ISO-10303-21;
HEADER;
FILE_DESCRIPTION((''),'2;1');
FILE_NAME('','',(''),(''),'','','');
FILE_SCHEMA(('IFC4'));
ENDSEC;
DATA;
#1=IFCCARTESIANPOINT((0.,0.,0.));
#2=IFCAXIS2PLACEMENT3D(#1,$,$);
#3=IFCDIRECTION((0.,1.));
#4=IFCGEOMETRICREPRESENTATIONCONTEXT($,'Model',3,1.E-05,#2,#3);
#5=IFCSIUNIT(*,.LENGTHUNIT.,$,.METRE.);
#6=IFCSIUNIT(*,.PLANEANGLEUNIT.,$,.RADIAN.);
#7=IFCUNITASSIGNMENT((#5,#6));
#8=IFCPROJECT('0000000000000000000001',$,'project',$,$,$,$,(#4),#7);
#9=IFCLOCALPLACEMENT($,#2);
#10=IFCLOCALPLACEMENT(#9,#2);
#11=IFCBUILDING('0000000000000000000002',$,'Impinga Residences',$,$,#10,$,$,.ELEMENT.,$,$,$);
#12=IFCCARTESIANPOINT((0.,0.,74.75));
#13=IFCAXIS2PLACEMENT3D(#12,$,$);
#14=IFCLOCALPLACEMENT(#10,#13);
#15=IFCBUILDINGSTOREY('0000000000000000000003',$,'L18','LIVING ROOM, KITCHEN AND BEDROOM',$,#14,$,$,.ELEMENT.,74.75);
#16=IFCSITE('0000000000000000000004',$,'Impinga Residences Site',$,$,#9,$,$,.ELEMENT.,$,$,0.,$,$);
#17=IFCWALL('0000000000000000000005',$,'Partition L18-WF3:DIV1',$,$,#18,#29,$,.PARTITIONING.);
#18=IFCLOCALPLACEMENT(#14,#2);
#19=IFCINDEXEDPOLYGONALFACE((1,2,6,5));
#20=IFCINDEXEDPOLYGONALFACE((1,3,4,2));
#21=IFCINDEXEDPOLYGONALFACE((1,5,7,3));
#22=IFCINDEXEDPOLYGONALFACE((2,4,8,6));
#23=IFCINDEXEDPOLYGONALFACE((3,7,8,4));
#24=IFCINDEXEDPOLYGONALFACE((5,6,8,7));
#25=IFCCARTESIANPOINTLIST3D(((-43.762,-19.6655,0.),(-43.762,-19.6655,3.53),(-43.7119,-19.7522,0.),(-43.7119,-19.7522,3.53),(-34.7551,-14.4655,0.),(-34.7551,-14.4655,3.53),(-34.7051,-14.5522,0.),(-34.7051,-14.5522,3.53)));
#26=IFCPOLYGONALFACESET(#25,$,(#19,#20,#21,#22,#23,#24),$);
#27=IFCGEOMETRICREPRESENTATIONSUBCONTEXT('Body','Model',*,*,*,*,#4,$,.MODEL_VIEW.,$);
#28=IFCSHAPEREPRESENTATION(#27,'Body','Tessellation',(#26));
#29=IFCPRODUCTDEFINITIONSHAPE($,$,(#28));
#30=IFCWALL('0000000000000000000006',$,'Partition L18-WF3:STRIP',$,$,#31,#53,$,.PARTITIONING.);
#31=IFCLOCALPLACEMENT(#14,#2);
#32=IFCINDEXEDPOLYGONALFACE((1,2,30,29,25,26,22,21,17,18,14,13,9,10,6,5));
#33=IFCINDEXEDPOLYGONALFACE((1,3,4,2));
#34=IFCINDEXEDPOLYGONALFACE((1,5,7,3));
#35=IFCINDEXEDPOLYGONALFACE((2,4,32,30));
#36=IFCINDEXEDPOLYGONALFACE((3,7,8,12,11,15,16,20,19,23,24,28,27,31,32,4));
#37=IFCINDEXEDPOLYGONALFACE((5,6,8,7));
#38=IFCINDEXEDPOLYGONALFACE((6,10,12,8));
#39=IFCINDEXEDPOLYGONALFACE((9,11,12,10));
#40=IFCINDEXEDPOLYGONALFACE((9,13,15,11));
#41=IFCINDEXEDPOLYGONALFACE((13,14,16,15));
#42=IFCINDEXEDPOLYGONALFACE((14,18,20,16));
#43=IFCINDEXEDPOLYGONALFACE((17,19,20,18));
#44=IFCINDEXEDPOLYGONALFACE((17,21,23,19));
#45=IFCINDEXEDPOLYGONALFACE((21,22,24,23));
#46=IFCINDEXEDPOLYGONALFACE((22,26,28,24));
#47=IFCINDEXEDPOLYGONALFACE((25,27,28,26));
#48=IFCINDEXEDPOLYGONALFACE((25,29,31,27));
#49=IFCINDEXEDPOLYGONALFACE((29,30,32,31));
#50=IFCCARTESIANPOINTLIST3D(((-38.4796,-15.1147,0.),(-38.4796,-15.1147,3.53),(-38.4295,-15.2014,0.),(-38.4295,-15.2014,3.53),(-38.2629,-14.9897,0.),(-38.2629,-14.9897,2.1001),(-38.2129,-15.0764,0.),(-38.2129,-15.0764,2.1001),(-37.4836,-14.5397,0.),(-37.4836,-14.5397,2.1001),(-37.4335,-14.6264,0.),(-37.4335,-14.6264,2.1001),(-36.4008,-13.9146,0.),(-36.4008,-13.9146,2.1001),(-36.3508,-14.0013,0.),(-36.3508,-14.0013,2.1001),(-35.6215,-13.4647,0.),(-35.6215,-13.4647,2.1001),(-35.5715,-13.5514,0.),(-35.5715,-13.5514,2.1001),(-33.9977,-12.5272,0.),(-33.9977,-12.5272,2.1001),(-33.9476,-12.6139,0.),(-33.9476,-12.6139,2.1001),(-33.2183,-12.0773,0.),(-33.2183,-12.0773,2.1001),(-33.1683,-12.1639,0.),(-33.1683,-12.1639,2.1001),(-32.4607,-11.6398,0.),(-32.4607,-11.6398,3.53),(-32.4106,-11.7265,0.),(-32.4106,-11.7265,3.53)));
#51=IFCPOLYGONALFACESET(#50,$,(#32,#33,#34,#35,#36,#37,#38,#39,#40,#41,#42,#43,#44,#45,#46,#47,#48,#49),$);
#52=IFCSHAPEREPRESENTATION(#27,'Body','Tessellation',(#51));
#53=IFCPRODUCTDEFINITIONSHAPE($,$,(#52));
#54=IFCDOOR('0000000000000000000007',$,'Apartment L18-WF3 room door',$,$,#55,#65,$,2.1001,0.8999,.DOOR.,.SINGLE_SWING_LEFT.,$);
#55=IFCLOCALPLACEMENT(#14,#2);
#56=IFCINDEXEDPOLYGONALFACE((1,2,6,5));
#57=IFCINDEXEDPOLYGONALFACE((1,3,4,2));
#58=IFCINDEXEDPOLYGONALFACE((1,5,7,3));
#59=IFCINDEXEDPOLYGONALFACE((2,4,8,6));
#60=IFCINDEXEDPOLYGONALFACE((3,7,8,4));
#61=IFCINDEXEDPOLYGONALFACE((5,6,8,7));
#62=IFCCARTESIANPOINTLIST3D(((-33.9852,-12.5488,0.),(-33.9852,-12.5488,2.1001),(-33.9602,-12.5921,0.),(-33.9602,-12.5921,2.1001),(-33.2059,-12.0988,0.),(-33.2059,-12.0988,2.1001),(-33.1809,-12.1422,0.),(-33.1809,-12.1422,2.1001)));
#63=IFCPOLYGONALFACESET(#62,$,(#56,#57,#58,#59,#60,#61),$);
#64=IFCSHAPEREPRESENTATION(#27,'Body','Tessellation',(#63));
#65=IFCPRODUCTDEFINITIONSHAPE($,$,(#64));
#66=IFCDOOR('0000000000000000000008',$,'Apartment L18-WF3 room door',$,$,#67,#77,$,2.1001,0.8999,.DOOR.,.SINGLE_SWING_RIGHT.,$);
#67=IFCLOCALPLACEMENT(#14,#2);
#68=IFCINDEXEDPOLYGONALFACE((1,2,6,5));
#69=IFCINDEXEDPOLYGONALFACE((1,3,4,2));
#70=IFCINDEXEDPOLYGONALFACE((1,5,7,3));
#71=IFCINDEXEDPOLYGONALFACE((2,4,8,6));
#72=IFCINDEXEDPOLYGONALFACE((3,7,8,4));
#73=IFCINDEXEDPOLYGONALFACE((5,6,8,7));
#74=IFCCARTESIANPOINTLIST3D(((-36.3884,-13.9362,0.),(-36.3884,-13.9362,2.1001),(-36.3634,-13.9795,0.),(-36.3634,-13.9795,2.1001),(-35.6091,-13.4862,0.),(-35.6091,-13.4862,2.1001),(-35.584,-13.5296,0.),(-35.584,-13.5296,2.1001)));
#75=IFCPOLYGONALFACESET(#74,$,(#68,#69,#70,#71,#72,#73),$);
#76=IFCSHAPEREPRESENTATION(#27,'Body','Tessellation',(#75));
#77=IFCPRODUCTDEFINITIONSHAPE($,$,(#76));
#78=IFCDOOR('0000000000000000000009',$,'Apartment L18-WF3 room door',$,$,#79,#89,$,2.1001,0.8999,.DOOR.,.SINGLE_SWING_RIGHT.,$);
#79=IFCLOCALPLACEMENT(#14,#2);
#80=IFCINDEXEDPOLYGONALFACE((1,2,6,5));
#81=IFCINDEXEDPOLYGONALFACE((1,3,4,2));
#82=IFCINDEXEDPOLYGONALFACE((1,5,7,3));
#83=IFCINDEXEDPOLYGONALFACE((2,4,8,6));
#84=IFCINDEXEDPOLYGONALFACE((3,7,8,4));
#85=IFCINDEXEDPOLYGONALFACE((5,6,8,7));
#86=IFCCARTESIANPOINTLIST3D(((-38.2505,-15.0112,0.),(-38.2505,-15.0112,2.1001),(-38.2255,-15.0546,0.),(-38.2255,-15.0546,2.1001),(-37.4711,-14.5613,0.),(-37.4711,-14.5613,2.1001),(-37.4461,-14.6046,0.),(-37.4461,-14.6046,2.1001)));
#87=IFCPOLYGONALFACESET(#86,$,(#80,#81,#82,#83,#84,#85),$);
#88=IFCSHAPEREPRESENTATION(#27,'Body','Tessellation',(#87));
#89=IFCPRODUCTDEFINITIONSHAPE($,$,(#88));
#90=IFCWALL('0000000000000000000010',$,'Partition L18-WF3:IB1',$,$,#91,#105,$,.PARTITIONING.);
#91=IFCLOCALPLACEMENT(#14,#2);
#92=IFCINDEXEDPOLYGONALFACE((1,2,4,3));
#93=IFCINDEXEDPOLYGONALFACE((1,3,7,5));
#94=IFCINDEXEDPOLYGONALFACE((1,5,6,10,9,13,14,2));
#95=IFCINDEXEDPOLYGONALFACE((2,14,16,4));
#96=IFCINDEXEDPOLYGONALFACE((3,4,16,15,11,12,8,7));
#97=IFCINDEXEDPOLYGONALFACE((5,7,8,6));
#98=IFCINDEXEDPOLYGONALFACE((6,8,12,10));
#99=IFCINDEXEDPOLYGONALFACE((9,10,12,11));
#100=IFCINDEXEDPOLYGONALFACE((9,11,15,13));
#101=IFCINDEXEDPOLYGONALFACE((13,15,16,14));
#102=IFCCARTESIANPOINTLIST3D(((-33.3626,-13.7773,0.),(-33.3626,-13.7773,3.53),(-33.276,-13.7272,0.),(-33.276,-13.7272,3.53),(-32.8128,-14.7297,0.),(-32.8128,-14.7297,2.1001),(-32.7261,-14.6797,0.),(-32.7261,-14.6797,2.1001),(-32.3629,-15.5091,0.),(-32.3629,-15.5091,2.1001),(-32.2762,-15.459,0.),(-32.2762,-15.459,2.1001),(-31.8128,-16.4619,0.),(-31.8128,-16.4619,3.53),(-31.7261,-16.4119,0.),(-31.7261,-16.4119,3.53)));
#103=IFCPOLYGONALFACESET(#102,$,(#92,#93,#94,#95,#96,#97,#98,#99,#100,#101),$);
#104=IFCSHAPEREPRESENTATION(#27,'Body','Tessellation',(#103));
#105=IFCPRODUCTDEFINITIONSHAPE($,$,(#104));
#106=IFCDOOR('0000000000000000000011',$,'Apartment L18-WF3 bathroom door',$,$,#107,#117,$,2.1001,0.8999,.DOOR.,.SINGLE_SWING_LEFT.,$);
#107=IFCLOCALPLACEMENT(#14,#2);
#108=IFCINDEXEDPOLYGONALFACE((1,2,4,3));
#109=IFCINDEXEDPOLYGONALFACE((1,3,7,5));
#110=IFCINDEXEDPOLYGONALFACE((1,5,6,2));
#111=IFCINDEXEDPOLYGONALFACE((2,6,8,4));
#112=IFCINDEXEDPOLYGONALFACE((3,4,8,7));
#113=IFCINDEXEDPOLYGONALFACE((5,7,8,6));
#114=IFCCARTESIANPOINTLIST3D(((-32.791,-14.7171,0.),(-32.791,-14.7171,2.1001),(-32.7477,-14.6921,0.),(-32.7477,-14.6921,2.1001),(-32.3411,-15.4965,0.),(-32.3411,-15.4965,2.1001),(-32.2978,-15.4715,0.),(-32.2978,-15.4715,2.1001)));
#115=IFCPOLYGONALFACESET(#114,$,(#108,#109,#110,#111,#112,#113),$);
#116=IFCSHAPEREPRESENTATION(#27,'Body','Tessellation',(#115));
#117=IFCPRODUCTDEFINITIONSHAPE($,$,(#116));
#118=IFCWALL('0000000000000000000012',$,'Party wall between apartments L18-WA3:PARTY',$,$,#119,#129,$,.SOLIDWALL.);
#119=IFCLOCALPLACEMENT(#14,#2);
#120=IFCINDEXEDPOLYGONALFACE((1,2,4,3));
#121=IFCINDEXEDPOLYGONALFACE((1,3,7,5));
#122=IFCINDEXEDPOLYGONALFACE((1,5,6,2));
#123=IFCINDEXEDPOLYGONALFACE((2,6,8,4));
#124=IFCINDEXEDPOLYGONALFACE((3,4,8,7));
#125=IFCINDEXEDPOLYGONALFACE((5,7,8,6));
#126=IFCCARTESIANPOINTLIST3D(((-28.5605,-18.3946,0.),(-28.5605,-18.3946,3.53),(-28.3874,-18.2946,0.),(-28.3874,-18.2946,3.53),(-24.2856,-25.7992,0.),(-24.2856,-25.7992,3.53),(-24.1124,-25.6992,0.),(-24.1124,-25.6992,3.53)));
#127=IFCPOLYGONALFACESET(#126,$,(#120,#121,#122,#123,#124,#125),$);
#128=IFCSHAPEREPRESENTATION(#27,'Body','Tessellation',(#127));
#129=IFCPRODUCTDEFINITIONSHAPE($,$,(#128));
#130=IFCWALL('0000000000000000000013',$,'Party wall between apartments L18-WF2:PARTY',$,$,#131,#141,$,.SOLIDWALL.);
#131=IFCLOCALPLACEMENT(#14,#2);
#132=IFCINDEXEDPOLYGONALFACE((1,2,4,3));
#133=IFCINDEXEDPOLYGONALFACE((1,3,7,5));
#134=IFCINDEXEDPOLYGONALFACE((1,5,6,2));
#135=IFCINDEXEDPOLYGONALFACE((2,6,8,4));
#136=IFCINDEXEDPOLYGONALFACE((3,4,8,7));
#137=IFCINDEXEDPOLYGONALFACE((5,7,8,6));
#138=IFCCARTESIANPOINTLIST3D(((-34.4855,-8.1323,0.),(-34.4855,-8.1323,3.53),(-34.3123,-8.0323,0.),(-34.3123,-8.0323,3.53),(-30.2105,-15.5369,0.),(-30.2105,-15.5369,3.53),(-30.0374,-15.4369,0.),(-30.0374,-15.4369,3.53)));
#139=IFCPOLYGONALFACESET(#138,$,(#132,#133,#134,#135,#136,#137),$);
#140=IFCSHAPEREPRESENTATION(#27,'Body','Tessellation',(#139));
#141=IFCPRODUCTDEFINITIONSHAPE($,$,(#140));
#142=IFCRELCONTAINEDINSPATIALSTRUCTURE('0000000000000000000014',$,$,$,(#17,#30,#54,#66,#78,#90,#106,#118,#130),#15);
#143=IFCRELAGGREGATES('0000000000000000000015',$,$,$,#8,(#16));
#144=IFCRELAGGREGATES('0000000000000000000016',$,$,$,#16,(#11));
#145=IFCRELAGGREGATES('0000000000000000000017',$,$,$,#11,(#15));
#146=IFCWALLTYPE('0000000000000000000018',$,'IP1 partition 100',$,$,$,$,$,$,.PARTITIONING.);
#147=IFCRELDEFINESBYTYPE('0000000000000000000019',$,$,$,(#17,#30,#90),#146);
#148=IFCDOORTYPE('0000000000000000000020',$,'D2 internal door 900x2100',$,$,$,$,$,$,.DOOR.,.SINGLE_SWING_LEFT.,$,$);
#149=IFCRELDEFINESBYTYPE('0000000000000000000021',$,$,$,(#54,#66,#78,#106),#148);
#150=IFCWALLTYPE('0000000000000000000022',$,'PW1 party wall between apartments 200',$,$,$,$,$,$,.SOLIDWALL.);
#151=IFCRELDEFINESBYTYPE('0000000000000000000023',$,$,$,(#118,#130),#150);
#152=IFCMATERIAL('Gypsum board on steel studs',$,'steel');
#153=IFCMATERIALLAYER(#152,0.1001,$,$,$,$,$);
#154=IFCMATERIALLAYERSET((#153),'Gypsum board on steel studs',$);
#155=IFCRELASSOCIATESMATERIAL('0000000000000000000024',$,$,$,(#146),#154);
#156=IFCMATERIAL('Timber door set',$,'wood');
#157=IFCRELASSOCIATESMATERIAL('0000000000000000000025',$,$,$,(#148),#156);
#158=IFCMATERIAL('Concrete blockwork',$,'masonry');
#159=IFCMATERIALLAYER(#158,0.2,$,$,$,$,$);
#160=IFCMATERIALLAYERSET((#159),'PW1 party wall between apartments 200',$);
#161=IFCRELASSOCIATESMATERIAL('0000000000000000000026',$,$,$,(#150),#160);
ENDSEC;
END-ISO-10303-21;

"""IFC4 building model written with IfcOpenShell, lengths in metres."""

from ifc_helpers import new_model, si_unit, direction, frame, frame_2d, origin, place, context, subcontext, project, spatial, rectangle, extrude, material, layer, layer_set, type_object, element, fill, save


model = new_model("IFC4")

# Units and contexts
model_context = context("Model", 3, precision=1e-05, world=origin(), true_north=direction((0.0, 1.0)))
body_context = subcontext(model_context, "Body", "Model", "MODEL_VIEW")
ifc_project = project(units=[si_unit("LENGTHUNIT", "METRE"), si_unit("PLANEANGLEUNIT", "RADIAN")], contexts=[model_context])

# Site, building, storey
site_placement = place(None, origin())
site = spatial("IfcSite", under=ifc_project, at=site_placement, Name="Impinga Residences Site", CompositionType="ELEMENT", RefElevation=0.0)
building_placement = place(site_placement, origin())
building = spatial("IfcBuilding", under=site, at=building_placement, Name="Impinga Residences", CompositionType="ELEMENT")
storey_placement = place(building_placement, frame((0.0, 0.0, 74.75)))
storey = spatial("IfcBuildingStorey", under=building, at=storey_placement, Name="L18", Description="LIVING ROOM, KITCHEN AND BEDROOM", CompositionType="ELEMENT", Elevation=74.75)

# Shared definitions
ifc_material_1 = material(Name="Concrete blockwork", Category="masonry")
ifc_material_2 = material(Name="Timber door set", Category="wood")
ifc_material_3 = material(Name="Gypsum board on steel studs", Category="steel")
ifc_layer_1 = layer(ifc_material_3, 0.1001)
ifc_layer_set_1 = layer_set([ifc_layer_1], Name="Gypsum board on steel studs")
wall_type_1 = type_object("IfcWallType", Name="IP1 partition 100", PredefinedType="PARTITIONING", material=ifc_layer_set_1)
door_type_1 = type_object("IfcDoorType", Name="D2 internal door 900x2100", OperationType="SINGLE_SWING_LEFT", PredefinedType="DOOR", material=ifc_material_2)

# Wall
wall_1_placement = place(storey_placement, frame((-34.73, -14.5088, 0.0), z_axis=(0.0, 0.0, 1.0), x_axis=(-0.866032, -0.499989, 0.0)))
element("IfcWall", 1, at=wall_1_placement, inside=storey, type_object=wall_type_1, Name="Partition L18-WF3:DIV1", PredefinedType="PARTITIONING", context=body_context, shape_type="SweptSolid", body=[
    extrude(rectangle(XDim=10.4001, YDim=0.1001, at=frame_2d((5.2002, 0.0))), origin(), (0.0, 0.0, 1.0), 3.53),
])

# Wall, openings, doors
wall_2_placement = place(storey_placement, frame((-32.4355, -11.6831, 0.0), z_axis=(0.0, 0.0, 1.0), x_axis=(-0.866032, -0.499989, 0.0)))
wall_2 = element("IfcWall", 2, at=wall_2_placement, inside=storey, type_object=wall_type_1, Name="Partition L18-WF3:STRIP", PredefinedType="PARTITIONING", context=body_context, shape_type="SweptSolid", body=[
    extrude(rectangle(XDim=6.95, YDim=0.1001, at=frame_2d((3.4751, 0.0))), origin(), (0.0, 0.0, 1.0), 3.53),
])
opening_1_placement = place(wall_2_placement, frame((0.875, 0.0, 0.0)))
opening_1 = element("IfcOpeningElement", 3, at=opening_1_placement, cuts=wall_2, PredefinedType="OPENING", context=body_context, shape_type="SweptSolid", body=[
    extrude(rectangle(XDim=0.8999, YDim=2.1001, at=frame_2d((0.45, 1.05))), frame((0.0, 0.0601, 0.0), z_axis=(0.0, -1.0, 0.0), x_axis=(1.0, 0.0, 0.0)), (0.0, 0.0, 1.0), 0.1201),
])
opening_2_placement = place(wall_2_placement, frame((3.6499, 0.0, 0.0)))
opening_2 = element("IfcOpeningElement", 4, at=opening_2_placement, cuts=wall_2, PredefinedType="OPENING", context=body_context, shape_type="SweptSolid", body=[
    extrude(rectangle(XDim=0.8999, YDim=2.1001, at=frame_2d((0.45, 1.05))), frame((0.0, 0.0601, 0.0), z_axis=(0.0, -1.0, 0.0), x_axis=(1.0, 0.0, 0.0)), (0.0, 0.0, 1.0), 0.1201),
])
opening_3_placement = place(wall_2_placement, frame((5.8, 0.0, 0.0)))
opening_3 = element("IfcOpeningElement", 5, at=opening_3_placement, cuts=wall_2, PredefinedType="OPENING", context=body_context, shape_type="SweptSolid", body=[
    extrude(rectangle(XDim=0.8999, YDim=2.1001, at=frame_2d((0.45, 1.05))), frame((0.0, 0.0601, 0.0), z_axis=(0.0, -1.0, 0.0), x_axis=(1.0, 0.0, 0.0)), (0.0, 0.0, 1.0), 0.1201),
])
door_1_placement = place(opening_1_placement, origin())
door_1 = element("IfcDoor", 6, at=door_1_placement, inside=storey, type_object=door_type_1, Name="Apartment L18-WF3 room door", OperationType="SINGLE_SWING_LEFT", OverallHeight=2.1001, OverallWidth=0.8999, PredefinedType="DOOR", context=body_context, shape_type="SweptSolid", body=[
    extrude(rectangle(XDim=0.8999, YDim=2.1001, at=frame_2d((0.45, 1.05))), frame((0.0, 0.0249, 0.0), z_axis=(0.0, -1.0, 0.0), x_axis=(1.0, 0.0, 0.0)), (0.0, 0.0, 1.0), 0.05),
])
fill(opening_1, door_1)
door_2_placement = place(opening_2_placement, origin())
door_2 = element("IfcDoor", 7, at=door_2_placement, inside=storey, type_object=door_type_1, Name="Apartment L18-WF3 room door", OperationType="SINGLE_SWING_RIGHT", OverallHeight=2.1001, OverallWidth=0.8999, PredefinedType="DOOR", context=body_context, shape_type="SweptSolid", body=[
    extrude(rectangle(XDim=0.8999, YDim=2.1001, at=frame_2d((0.45, 1.05))), frame((0.0, 0.0249, 0.0), z_axis=(0.0, -1.0, 0.0), x_axis=(1.0, 0.0, 0.0)), (0.0, 0.0, 1.0), 0.05),
])
fill(opening_2, door_2)
door_3_placement = place(opening_3_placement, origin())
door_3 = element("IfcDoor", 8, at=door_3_placement, inside=storey, type_object=door_type_1, Name="Apartment L18-WF3 room door", OperationType="SINGLE_SWING_RIGHT", OverallHeight=2.1001, OverallWidth=0.8999, PredefinedType="DOOR", context=body_context, shape_type="SweptSolid", body=[
    extrude(rectangle(XDim=0.8999, YDim=2.1001, at=frame_2d((0.45, 1.05))), frame((0.0, 0.0249, 0.0), z_axis=(0.0, -1.0, 0.0), x_axis=(1.0, 0.0, 0.0)), (0.0, 0.0, 1.0), 0.05),
])
fill(opening_3, door_3)

# Wall, opening, door
wall_3_placement = place(storey_placement, frame((-31.7695, -16.4368, 0.0), z_axis=(0.0, 0.0, 1.0), x_axis=(-0.499968, 0.866044, 0.0)))
wall_3 = element("IfcWall", 9, at=wall_3_placement, inside=storey, type_object=wall_type_1, Name="Partition L18-WF3:IB1", PredefinedType="PARTITIONING", context=body_context, shape_type="SweptSolid", body=[
    extrude(rectangle(XDim=3.0999, YDim=0.1001, at=frame_2d((1.5498, 0.0))), origin(), (0.0, 0.0, 1.0), 3.53),
])
opening_4_placement = place(wall_3_placement, frame((1.1001, 0.0, 0.0)))
opening_4 = element("IfcOpeningElement", 10, at=opening_4_placement, cuts=wall_3, PredefinedType="OPENING", context=body_context, shape_type="SweptSolid", body=[
    extrude(rectangle(XDim=0.8999, YDim=2.1001, at=frame_2d((0.45, 1.05))), frame((0.0, 0.0601, 0.0), z_axis=(0.0, -1.0, 0.0), x_axis=(1.0, 0.0, 0.0)), (0.0, 0.0, 1.0), 0.1201),
])
door_4_placement = place(opening_4_placement, origin())
door_4 = element("IfcDoor", 11, at=door_4_placement, inside=storey, type_object=door_type_1, Name="Apartment L18-WF3 bathroom door", OperationType="SINGLE_SWING_LEFT", OverallHeight=2.1001, OverallWidth=0.8999, PredefinedType="DOOR", context=body_context, shape_type="SweptSolid", body=[
    extrude(rectangle(XDim=0.8999, YDim=2.1001, at=frame_2d((0.45, 1.05))), frame((0.0, 0.0249, 0.0), z_axis=(0.0, -1.0, 0.0), x_axis=(1.0, 0.0, 0.0)), (0.0, 0.0, 1.0), 0.05),
])
fill(opening_4, door_4)

# Walls
ifc_layer_2 = layer(ifc_material_1, 0.2)
ifc_layer_set_2 = layer_set([ifc_layer_2], Name="PW1 party wall between apartments 200")
wall_type_2 = type_object("IfcWallType", Name="PW1 party wall between apartments 200", PredefinedType="SOLIDWALL", material=ifc_layer_set_2)
for number, where, z_axis, x_axis, name in (
    (12, (-28.4739, -18.3447, 0.0), (0.0, 0.0, 1.0), (0.49999, -0.866031, 0.0), "Party wall between apartments L18-WA3:PARTY"),
    (13, (-30.124, -15.4868, 0.0), (0.0, 0.0, 1.0), (-0.49999, 0.866031, 0.0), "Party wall between apartments L18-WF2:PARTY"),
):
    element("IfcWall", number, at=place(storey_placement, frame(where, z_axis=z_axis, x_axis=x_axis)), inside=storey, type_object=wall_type_2, Name=name, PredefinedType="SOLIDWALL", context=body_context, shape_type="SweptSolid", body=[
        extrude(rectangle(XDim=8.55, YDim=0.2, at=frame_2d((4.2749, 0.0))), origin(), (0.0, 0.0, 1.0), 3.53),
    ])

save(model, "model.ifc")
